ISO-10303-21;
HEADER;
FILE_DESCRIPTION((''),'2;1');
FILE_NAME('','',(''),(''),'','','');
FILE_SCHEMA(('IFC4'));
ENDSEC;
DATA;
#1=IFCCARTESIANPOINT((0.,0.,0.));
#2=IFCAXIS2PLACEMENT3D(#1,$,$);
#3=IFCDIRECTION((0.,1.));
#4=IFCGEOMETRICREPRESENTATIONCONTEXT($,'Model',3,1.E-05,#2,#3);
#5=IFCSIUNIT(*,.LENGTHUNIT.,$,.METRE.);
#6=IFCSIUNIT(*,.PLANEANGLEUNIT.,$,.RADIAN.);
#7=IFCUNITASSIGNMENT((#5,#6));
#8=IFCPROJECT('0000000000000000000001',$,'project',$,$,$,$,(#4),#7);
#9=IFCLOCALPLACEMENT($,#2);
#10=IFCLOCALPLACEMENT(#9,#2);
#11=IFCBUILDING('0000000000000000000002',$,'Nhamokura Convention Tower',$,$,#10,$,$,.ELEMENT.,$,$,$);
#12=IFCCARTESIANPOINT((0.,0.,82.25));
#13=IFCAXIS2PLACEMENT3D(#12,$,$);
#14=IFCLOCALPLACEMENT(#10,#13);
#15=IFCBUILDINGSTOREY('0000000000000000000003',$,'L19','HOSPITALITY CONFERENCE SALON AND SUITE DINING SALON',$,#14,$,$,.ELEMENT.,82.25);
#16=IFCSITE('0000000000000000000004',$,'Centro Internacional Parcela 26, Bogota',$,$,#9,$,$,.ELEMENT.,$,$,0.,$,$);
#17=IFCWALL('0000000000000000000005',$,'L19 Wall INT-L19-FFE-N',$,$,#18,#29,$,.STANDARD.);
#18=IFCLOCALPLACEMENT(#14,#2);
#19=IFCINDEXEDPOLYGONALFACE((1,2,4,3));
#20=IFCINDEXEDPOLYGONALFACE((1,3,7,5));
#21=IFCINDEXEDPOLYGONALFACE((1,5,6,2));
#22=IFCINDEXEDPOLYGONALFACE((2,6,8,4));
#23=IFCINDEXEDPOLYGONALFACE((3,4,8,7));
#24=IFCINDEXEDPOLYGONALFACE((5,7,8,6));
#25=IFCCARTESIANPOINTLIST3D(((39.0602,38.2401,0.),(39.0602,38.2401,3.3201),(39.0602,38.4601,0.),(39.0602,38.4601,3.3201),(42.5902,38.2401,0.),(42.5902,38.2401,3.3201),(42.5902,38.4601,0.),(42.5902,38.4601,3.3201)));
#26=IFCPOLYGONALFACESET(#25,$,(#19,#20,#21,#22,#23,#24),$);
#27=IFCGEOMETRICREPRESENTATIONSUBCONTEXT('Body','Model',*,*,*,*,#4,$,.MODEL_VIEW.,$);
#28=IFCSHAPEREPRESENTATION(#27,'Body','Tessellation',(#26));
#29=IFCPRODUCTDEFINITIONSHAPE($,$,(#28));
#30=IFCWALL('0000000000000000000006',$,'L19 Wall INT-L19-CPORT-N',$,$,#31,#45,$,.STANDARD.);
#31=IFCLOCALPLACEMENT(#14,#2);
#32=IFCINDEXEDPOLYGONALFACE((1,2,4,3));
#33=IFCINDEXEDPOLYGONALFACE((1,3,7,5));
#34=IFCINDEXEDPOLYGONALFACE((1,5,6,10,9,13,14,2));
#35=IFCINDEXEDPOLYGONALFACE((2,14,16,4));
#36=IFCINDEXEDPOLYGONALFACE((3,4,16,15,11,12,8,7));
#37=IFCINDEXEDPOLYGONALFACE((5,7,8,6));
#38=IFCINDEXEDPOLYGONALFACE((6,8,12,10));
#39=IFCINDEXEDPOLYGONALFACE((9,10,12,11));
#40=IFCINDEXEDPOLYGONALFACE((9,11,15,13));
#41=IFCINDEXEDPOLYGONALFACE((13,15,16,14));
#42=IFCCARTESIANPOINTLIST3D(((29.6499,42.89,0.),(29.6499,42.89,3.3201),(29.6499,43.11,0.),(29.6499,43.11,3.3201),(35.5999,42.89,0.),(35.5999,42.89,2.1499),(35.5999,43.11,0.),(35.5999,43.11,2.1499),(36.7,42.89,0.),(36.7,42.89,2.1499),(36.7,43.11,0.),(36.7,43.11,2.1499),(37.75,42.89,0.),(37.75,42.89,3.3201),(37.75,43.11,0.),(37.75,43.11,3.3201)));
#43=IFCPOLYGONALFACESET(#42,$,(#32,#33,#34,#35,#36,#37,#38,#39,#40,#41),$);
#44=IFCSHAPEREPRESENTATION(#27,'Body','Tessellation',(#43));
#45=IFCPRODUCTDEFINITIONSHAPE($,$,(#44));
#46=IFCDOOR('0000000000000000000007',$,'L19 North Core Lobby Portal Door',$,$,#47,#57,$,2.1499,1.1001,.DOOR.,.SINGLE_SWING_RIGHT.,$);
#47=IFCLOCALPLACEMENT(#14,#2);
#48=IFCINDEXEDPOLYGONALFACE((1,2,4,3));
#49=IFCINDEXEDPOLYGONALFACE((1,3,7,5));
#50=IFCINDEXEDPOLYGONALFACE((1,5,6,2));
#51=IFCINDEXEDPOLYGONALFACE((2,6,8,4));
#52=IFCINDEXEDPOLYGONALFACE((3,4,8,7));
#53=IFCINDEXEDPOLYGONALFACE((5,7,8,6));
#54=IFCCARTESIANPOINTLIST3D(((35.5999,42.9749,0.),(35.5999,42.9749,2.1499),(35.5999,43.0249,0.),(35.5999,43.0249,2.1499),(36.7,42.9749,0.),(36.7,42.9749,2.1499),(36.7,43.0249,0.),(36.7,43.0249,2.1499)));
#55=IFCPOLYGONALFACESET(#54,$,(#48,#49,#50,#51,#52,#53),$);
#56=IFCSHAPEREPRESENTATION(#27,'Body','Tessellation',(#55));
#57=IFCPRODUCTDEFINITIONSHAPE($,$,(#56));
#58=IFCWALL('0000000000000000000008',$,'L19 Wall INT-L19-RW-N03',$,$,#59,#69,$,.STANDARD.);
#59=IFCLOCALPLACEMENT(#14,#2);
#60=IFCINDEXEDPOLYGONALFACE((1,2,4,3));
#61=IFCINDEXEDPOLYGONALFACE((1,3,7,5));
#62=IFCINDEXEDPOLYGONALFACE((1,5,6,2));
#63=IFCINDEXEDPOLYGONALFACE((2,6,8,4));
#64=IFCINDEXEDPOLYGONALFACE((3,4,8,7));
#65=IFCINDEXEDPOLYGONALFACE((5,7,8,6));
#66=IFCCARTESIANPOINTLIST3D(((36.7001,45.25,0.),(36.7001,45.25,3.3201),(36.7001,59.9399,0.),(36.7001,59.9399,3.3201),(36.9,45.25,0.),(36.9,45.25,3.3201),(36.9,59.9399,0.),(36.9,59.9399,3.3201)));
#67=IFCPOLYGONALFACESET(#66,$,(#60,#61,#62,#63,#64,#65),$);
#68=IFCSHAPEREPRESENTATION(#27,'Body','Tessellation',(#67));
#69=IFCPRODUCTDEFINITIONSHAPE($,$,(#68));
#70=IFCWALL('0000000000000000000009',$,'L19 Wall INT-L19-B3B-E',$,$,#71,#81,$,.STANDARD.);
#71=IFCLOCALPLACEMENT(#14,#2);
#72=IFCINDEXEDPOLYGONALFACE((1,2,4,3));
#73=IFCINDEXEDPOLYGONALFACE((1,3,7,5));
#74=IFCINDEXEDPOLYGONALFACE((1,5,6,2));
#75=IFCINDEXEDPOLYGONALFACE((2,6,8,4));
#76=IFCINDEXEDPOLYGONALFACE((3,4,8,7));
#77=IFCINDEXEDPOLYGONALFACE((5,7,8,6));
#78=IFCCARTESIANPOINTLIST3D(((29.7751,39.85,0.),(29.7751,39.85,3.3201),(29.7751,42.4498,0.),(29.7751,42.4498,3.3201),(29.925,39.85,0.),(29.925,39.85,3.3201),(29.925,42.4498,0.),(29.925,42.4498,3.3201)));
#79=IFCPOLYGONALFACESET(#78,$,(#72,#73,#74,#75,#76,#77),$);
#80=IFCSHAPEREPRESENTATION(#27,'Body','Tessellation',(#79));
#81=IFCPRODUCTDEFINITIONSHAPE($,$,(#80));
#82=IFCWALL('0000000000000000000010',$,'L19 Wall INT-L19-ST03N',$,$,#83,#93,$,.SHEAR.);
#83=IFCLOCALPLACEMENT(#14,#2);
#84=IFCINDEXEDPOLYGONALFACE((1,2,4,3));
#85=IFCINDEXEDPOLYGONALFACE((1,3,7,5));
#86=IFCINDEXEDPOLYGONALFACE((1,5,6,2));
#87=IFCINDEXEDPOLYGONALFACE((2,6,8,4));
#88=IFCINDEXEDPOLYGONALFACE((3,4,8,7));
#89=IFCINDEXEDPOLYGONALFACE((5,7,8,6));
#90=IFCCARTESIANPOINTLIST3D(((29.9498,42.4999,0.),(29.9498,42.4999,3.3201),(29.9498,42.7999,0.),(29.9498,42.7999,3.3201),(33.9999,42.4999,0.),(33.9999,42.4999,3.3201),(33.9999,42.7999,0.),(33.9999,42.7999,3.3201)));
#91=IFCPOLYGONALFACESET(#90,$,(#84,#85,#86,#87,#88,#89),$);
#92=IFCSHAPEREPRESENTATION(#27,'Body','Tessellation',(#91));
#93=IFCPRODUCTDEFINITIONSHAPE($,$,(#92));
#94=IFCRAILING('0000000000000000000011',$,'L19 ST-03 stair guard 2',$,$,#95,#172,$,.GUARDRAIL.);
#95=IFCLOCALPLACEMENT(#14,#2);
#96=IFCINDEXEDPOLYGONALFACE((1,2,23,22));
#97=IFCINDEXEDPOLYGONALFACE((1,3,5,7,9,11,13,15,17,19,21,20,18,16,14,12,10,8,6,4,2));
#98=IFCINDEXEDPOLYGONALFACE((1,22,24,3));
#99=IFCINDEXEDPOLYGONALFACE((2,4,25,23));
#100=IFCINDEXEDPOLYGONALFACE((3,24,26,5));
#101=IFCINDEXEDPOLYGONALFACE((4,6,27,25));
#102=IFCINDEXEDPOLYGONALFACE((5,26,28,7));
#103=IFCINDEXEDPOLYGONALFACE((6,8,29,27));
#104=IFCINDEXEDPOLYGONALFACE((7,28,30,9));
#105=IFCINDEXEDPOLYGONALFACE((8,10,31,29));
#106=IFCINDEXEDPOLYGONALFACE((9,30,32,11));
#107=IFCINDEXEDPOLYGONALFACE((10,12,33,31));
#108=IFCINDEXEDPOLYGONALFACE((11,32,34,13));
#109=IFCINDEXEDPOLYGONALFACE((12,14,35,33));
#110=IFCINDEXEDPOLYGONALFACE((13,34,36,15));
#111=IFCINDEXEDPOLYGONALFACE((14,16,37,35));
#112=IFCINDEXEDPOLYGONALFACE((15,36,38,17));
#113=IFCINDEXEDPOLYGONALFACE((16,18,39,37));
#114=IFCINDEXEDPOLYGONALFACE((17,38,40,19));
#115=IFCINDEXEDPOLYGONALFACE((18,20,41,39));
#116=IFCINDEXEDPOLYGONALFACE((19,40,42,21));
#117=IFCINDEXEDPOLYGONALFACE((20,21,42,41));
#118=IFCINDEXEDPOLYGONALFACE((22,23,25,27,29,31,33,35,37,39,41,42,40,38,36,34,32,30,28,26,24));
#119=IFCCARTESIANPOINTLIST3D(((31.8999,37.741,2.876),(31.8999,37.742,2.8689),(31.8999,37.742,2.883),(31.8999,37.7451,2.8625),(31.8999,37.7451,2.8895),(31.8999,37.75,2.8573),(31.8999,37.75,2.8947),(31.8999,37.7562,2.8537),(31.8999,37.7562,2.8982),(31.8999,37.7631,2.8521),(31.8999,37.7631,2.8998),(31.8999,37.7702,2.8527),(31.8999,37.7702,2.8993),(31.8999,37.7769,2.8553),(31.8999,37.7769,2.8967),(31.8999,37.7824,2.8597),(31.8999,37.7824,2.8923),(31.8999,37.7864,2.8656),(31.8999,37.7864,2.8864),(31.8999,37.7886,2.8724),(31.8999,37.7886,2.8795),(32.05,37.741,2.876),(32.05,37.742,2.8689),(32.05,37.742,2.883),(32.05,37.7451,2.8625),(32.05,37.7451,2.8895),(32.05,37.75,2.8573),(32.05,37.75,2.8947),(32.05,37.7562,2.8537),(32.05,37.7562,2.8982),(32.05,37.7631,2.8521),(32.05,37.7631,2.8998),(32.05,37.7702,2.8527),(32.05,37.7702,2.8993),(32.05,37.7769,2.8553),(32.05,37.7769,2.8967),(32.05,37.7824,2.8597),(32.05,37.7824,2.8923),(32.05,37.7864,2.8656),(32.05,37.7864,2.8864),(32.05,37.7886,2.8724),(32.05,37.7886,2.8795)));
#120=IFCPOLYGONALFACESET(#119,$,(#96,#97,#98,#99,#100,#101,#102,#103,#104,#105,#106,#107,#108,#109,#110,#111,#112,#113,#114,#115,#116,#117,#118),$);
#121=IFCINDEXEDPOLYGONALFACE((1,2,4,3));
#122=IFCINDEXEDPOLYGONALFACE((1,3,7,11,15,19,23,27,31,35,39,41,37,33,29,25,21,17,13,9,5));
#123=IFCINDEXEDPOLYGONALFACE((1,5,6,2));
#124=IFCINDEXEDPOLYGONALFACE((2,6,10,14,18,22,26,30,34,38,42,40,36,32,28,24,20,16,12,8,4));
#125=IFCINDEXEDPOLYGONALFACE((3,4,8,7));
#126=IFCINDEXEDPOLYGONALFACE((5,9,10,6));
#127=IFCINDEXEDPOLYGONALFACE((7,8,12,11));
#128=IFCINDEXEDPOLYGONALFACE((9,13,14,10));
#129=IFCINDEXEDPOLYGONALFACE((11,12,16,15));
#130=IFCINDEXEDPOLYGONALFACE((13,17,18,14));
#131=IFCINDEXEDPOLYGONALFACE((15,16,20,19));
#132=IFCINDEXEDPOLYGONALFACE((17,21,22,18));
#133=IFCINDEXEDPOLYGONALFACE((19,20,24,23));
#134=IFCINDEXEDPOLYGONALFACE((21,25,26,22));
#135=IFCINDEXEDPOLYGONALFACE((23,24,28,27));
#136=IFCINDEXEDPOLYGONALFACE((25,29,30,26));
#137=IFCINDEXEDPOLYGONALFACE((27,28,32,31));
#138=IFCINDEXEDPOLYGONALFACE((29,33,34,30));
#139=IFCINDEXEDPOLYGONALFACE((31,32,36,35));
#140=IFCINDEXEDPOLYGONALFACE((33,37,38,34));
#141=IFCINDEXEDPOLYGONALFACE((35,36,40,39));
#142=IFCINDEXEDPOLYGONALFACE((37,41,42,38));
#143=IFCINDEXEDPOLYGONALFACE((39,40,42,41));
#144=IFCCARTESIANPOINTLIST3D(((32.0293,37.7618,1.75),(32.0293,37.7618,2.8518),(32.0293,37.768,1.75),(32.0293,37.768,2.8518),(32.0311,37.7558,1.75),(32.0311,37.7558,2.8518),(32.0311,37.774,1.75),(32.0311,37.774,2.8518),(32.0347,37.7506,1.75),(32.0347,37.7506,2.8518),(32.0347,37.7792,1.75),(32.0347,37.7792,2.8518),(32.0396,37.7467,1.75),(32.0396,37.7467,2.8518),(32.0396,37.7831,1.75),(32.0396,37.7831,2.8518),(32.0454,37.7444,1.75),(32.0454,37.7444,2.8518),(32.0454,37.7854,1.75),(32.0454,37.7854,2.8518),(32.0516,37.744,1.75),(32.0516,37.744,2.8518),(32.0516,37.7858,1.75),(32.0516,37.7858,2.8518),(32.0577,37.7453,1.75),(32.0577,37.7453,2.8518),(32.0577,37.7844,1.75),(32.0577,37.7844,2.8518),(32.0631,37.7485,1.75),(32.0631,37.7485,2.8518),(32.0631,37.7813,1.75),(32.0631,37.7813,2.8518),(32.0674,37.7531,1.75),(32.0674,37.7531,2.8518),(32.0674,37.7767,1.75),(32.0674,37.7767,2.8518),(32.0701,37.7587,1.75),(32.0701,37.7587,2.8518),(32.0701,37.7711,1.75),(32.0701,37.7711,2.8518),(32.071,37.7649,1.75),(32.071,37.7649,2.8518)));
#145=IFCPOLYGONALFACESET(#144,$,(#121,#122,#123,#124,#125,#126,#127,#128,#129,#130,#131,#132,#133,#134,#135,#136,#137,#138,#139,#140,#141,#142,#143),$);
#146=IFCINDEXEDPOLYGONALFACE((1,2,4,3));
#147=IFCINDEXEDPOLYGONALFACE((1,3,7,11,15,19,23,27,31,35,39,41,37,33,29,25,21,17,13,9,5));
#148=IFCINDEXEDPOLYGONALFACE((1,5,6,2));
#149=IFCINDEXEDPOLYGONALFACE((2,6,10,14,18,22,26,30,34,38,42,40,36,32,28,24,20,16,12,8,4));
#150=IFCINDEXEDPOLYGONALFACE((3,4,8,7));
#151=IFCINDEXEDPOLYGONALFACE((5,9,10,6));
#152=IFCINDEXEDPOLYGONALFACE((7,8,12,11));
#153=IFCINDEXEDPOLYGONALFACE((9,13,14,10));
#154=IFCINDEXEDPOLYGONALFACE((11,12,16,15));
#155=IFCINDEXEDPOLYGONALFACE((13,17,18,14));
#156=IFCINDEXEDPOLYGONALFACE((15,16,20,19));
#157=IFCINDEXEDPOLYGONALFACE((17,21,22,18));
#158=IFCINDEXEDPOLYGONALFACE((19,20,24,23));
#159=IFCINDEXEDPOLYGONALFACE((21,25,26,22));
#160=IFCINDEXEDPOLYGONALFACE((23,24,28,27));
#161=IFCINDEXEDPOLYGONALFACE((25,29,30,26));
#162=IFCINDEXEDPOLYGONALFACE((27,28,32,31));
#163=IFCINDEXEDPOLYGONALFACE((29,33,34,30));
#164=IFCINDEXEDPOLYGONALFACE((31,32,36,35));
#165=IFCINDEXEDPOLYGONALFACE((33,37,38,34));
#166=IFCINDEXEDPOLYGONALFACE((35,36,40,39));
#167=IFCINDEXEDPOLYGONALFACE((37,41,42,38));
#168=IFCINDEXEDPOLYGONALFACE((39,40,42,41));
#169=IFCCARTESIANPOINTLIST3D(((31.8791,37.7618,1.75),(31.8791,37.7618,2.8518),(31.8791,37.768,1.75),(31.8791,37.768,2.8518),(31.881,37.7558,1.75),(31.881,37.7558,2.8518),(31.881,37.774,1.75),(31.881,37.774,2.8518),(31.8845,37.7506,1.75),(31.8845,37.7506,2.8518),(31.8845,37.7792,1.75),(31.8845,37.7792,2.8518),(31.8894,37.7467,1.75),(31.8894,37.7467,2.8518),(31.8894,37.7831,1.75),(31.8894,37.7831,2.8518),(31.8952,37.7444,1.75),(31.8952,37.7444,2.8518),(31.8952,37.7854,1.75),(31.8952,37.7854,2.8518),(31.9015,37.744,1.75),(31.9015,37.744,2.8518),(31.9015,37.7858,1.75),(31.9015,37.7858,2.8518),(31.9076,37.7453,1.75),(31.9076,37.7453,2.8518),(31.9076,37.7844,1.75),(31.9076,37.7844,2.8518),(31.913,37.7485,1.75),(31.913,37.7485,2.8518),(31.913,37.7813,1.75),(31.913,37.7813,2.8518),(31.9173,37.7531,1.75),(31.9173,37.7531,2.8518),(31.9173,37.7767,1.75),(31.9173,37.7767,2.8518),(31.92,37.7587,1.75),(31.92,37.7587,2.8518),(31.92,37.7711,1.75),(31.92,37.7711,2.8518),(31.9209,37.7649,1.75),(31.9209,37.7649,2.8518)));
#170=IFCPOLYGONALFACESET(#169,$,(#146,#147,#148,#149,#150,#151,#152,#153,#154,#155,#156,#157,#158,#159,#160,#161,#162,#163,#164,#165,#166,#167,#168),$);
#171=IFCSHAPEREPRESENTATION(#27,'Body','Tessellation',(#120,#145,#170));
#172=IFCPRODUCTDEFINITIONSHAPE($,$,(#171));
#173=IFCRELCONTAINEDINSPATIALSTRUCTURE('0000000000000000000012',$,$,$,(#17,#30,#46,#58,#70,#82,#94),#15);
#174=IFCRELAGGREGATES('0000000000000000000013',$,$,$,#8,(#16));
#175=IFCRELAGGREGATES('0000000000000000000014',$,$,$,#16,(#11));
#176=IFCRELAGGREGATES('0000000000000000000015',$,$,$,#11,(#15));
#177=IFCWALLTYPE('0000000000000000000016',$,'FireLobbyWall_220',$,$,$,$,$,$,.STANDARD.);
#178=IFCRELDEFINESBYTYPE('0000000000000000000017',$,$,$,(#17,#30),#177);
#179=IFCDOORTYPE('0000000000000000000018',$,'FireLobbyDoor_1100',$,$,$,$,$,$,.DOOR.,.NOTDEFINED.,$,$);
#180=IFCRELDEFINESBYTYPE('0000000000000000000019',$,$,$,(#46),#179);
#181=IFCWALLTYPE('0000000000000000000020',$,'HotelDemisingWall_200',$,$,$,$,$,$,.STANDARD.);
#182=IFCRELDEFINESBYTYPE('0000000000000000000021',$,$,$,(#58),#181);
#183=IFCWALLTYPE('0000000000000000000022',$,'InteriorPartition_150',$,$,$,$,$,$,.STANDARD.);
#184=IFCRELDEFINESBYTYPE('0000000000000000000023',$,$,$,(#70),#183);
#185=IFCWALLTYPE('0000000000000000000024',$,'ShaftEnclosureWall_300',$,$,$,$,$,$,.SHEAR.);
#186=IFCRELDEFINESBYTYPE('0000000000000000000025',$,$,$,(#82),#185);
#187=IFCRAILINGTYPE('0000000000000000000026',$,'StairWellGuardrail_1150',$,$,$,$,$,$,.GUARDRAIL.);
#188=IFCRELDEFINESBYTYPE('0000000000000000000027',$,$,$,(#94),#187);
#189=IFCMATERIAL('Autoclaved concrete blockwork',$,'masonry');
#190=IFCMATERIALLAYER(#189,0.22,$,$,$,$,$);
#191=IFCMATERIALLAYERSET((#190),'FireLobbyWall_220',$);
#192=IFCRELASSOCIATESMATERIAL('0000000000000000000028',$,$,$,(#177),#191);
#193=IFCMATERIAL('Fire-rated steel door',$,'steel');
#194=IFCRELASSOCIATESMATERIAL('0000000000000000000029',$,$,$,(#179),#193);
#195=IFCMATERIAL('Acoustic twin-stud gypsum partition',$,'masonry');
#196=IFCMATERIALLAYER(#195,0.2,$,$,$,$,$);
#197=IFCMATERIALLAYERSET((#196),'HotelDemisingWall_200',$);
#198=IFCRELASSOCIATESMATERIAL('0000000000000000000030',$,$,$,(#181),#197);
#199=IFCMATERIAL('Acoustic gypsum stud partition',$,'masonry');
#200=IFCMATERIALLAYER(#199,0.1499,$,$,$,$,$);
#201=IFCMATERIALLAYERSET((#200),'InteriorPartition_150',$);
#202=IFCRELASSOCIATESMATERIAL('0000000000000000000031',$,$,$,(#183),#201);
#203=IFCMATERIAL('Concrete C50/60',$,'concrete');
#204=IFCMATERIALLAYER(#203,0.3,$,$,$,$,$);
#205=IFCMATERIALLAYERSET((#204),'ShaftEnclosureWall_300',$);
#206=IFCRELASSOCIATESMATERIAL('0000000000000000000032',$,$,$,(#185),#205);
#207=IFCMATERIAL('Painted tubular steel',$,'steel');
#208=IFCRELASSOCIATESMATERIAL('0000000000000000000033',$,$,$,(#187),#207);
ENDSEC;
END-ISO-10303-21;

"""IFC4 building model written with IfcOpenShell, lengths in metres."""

from ifc_helpers import new_model, si_unit, direction, frame, frame_2d, origin, origin_2d, place, context, subcontext, project, spatial, rectangle, circle, extrude, material, layer, layer_set, type_object, element, fill, save


model = new_model("IFC4")

# Units and contexts
model_context = context("Model", 3, precision=1e-05, world=origin(), true_north=direction((0.0, 1.0)))
body_context = subcontext(model_context, "Body", "Model", "MODEL_VIEW")
ifc_project = project(units=[si_unit("LENGTHUNIT", "METRE"), si_unit("PLANEANGLEUNIT", "RADIAN")], contexts=[model_context])

# Site, building, storey
site_placement = place(None, origin())
site = spatial("IfcSite", under=ifc_project, at=site_placement, Name="Centro Internacional Parcela 26, Bogota", CompositionType="ELEMENT", RefElevation=0.0)
building_placement = place(site_placement, origin())
building = spatial("IfcBuilding", under=site, at=building_placement, Name="Nhamokura Convention Tower", CompositionType="ELEMENT")
storey_placement = place(building_placement, frame((0.0, 0.0, 82.25)))
storey = spatial("IfcBuildingStorey", under=building, at=storey_placement, Name="L19", Description="HOSPITALITY CONFERENCE SALON AND SUITE DINING SALON", CompositionType="ELEMENT", Elevation=82.25)

# Wall
ifc_material_1 = material(Name="Autoclaved concrete blockwork", Category="masonry")
ifc_layer_1 = layer(ifc_material_1, 0.22)
ifc_layer_set_1 = layer_set([ifc_layer_1], Name="FireLobbyWall_220")
wall_type_1 = type_object("IfcWallType", Name="FireLobbyWall_220", PredefinedType="STANDARD", material=ifc_layer_set_1)
wall_1_placement = place(storey_placement, frame((39.0601, 38.3501, 0.0), z_axis=(0.0, 0.0, 1.0), x_axis=(1.0, 0.0, 0.0)))
element("IfcWall", 1, at=wall_1_placement, inside=storey, type_object=wall_type_1, Name="L19 Wall INT-L19-FFE-N", PredefinedType="STANDARD", context=body_context, shape_type="SweptSolid", body=[
    extrude(rectangle(XDim=3.53, YDim=0.22, at=frame_2d((1.7651, 0.0))), origin(), (0.0, 0.0, 1.0), 3.3201),
])

# Wall, opening, door
wall_2_placement = place(storey_placement, frame((29.6499, 43.0, 0.0), z_axis=(0.0, 0.0, 1.0), x_axis=(1.0, 0.0, 0.0)))
wall_2 = element("IfcWall", 2, at=wall_2_placement, inside=storey, type_object=wall_type_1, Name="L19 Wall INT-L19-CPORT-N", PredefinedType="STANDARD", context=body_context, shape_type="SweptSolid", body=[
    extrude(rectangle(XDim=8.1001, YDim=0.22, at=frame_2d((4.05, 0.0))), origin(), (0.0, 0.0, 1.0), 3.3201),
])
opening_1_placement = place(wall_2_placement, frame((5.95, 0.0, 0.0)))
opening_1 = element("IfcOpeningElement", 3, at=opening_1_placement, cuts=wall_2, PredefinedType="OPENING", context=body_context, shape_type="SweptSolid", body=[
    extrude(rectangle(XDim=1.1001, YDim=2.1499, at=frame_2d((0.55, 1.075))), frame((0.0, 0.1199, 0.0), z_axis=(0.0, -1.0, 0.0), x_axis=(1.0, 0.0, 0.0)), (0.0, 0.0, 1.0), 0.24),
])
ifc_material_2 = material(Name="Fire-rated steel door", Category="steel")
door_type_1 = type_object("IfcDoorType", Name="FireLobbyDoor_1100", OperationType="NOTDEFINED", PredefinedType="DOOR", material=ifc_material_2)
door_1_placement = place(opening_1_placement, origin())
door_1 = element("IfcDoor", 4, at=door_1_placement, inside=storey, type_object=door_type_1, Name="L19 North Core Lobby Portal Door", OperationType="SINGLE_SWING_RIGHT", OverallHeight=2.1499, OverallWidth=1.1001, PredefinedType="DOOR", context=body_context, shape_type="SweptSolid", body=[
    extrude(rectangle(XDim=1.1001, YDim=2.1499, at=frame_2d((0.55, 1.075))), frame((0.0, 0.0249, 0.0), z_axis=(0.0, -1.0, 0.0), x_axis=(1.0, 0.0, 0.0)), (0.0, 0.0, 1.0), 0.05),
])
fill(opening_1, door_1)

# Walls
ifc_material_3 = material(Name="Acoustic twin-stud gypsum partition", Category="masonry")
ifc_layer_2 = layer(ifc_material_3, 0.2)
ifc_layer_set_2 = layer_set([ifc_layer_2], Name="HotelDemisingWall_200")
wall_type_2 = type_object("IfcWallType", Name="HotelDemisingWall_200", PredefinedType="STANDARD", material=ifc_layer_set_2)
wall_3_placement = place(storey_placement, frame((36.8, 45.25, 0.0), z_axis=(0.0, 0.0, 1.0), x_axis=(0.0, 1.0, 0.0)))
element("IfcWall", 5, at=wall_3_placement, inside=storey, type_object=wall_type_2, Name="L19 Wall INT-L19-RW-N03", PredefinedType="STANDARD", context=body_context, shape_type="SweptSolid", body=[
    extrude(rectangle(XDim=14.6899, YDim=0.2, at=frame_2d((7.345, 0.0))), origin(), (0.0, 0.0, 1.0), 3.3201),
])
ifc_material_4 = material(Name="Acoustic gypsum stud partition", Category="masonry")
ifc_layer_3 = layer(ifc_material_4, 0.1499)
ifc_layer_set_3 = layer_set([ifc_layer_3], Name="InteriorPartition_150")
wall_type_3 = type_object("IfcWallType", Name="InteriorPartition_150", PredefinedType="STANDARD", material=ifc_layer_set_3)
wall_4_placement = place(storey_placement, frame((29.8501, 39.8501, 0.0), z_axis=(0.0, 0.0, 1.0), x_axis=(0.0, 1.0, 0.0)))
element("IfcWall", 6, at=wall_4_placement, inside=storey, type_object=wall_type_3, Name="L19 Wall INT-L19-B3B-E", PredefinedType="STANDARD", context=body_context, shape_type="SweptSolid", body=[
    extrude(rectangle(XDim=2.5999, YDim=0.1499, at=frame_2d((1.2998, 0.0))), origin(), (0.0, 0.0, 1.0), 3.3201),
])
ifc_material_5 = material(Name="Concrete C50/60", Category="concrete")
ifc_layer_4 = layer(ifc_material_5, 0.3)
ifc_layer_set_4 = layer_set([ifc_layer_4], Name="ShaftEnclosureWall_300")
wall_type_4 = type_object("IfcWallType", Name="ShaftEnclosureWall_300", PredefinedType="SHEAR", material=ifc_layer_set_4)
wall_5_placement = place(storey_placement, frame((29.95, 42.6499, 0.0), z_axis=(0.0, 0.0, 1.0), x_axis=(1.0, 0.0, 0.0)))
element("IfcWall", 7, at=wall_5_placement, inside=storey, type_object=wall_type_4, Name="L19 Wall INT-L19-ST03N", PredefinedType="SHEAR", context=body_context, shape_type="SweptSolid", body=[
    extrude(rectangle(XDim=4.05, YDim=0.3, at=frame_2d((2.0249, 0.0))), origin(), (0.0, 0.0, 1.0), 3.3201),
])

# Railing
ifc_material_6 = material(Name="Painted tubular steel", Category="steel")
railing_type = type_object("IfcRailingType", Name="StairWellGuardrail_1150", PredefinedType="GUARDRAIL", material=ifc_material_6)
railing_1_placement = place(storey_placement, frame((32.05, 37.7649, 1.75)))
element("IfcRailing", 8, at=railing_1_placement, inside=storey, type_object=railing_type, Name="L19 ST-03 stair guard 2", PredefinedType="GUARDRAIL", context=body_context, shape_type="SweptSolid", body=[
    extrude(circle(Radius=0.0239, at=origin_2d()), frame((0.0, 0.0, 1.126), z_axis=(-1.0, 0.0, 0.0), x_axis=(0.0, -1.0, 0.0)), (0.0, 0.0, 1.0), 0.1501),
    extrude(circle(Radius=0.021, at=origin_2d()), origin(), (0.0, 0.0, 1.0), 1.1018),
    extrude(circle(Radius=0.021, at=origin_2d()), frame((-0.1501, 0.0, 0.0)), (0.0, 0.0, 1.0), 1.1018),
])

save(model, "model.ifc")
